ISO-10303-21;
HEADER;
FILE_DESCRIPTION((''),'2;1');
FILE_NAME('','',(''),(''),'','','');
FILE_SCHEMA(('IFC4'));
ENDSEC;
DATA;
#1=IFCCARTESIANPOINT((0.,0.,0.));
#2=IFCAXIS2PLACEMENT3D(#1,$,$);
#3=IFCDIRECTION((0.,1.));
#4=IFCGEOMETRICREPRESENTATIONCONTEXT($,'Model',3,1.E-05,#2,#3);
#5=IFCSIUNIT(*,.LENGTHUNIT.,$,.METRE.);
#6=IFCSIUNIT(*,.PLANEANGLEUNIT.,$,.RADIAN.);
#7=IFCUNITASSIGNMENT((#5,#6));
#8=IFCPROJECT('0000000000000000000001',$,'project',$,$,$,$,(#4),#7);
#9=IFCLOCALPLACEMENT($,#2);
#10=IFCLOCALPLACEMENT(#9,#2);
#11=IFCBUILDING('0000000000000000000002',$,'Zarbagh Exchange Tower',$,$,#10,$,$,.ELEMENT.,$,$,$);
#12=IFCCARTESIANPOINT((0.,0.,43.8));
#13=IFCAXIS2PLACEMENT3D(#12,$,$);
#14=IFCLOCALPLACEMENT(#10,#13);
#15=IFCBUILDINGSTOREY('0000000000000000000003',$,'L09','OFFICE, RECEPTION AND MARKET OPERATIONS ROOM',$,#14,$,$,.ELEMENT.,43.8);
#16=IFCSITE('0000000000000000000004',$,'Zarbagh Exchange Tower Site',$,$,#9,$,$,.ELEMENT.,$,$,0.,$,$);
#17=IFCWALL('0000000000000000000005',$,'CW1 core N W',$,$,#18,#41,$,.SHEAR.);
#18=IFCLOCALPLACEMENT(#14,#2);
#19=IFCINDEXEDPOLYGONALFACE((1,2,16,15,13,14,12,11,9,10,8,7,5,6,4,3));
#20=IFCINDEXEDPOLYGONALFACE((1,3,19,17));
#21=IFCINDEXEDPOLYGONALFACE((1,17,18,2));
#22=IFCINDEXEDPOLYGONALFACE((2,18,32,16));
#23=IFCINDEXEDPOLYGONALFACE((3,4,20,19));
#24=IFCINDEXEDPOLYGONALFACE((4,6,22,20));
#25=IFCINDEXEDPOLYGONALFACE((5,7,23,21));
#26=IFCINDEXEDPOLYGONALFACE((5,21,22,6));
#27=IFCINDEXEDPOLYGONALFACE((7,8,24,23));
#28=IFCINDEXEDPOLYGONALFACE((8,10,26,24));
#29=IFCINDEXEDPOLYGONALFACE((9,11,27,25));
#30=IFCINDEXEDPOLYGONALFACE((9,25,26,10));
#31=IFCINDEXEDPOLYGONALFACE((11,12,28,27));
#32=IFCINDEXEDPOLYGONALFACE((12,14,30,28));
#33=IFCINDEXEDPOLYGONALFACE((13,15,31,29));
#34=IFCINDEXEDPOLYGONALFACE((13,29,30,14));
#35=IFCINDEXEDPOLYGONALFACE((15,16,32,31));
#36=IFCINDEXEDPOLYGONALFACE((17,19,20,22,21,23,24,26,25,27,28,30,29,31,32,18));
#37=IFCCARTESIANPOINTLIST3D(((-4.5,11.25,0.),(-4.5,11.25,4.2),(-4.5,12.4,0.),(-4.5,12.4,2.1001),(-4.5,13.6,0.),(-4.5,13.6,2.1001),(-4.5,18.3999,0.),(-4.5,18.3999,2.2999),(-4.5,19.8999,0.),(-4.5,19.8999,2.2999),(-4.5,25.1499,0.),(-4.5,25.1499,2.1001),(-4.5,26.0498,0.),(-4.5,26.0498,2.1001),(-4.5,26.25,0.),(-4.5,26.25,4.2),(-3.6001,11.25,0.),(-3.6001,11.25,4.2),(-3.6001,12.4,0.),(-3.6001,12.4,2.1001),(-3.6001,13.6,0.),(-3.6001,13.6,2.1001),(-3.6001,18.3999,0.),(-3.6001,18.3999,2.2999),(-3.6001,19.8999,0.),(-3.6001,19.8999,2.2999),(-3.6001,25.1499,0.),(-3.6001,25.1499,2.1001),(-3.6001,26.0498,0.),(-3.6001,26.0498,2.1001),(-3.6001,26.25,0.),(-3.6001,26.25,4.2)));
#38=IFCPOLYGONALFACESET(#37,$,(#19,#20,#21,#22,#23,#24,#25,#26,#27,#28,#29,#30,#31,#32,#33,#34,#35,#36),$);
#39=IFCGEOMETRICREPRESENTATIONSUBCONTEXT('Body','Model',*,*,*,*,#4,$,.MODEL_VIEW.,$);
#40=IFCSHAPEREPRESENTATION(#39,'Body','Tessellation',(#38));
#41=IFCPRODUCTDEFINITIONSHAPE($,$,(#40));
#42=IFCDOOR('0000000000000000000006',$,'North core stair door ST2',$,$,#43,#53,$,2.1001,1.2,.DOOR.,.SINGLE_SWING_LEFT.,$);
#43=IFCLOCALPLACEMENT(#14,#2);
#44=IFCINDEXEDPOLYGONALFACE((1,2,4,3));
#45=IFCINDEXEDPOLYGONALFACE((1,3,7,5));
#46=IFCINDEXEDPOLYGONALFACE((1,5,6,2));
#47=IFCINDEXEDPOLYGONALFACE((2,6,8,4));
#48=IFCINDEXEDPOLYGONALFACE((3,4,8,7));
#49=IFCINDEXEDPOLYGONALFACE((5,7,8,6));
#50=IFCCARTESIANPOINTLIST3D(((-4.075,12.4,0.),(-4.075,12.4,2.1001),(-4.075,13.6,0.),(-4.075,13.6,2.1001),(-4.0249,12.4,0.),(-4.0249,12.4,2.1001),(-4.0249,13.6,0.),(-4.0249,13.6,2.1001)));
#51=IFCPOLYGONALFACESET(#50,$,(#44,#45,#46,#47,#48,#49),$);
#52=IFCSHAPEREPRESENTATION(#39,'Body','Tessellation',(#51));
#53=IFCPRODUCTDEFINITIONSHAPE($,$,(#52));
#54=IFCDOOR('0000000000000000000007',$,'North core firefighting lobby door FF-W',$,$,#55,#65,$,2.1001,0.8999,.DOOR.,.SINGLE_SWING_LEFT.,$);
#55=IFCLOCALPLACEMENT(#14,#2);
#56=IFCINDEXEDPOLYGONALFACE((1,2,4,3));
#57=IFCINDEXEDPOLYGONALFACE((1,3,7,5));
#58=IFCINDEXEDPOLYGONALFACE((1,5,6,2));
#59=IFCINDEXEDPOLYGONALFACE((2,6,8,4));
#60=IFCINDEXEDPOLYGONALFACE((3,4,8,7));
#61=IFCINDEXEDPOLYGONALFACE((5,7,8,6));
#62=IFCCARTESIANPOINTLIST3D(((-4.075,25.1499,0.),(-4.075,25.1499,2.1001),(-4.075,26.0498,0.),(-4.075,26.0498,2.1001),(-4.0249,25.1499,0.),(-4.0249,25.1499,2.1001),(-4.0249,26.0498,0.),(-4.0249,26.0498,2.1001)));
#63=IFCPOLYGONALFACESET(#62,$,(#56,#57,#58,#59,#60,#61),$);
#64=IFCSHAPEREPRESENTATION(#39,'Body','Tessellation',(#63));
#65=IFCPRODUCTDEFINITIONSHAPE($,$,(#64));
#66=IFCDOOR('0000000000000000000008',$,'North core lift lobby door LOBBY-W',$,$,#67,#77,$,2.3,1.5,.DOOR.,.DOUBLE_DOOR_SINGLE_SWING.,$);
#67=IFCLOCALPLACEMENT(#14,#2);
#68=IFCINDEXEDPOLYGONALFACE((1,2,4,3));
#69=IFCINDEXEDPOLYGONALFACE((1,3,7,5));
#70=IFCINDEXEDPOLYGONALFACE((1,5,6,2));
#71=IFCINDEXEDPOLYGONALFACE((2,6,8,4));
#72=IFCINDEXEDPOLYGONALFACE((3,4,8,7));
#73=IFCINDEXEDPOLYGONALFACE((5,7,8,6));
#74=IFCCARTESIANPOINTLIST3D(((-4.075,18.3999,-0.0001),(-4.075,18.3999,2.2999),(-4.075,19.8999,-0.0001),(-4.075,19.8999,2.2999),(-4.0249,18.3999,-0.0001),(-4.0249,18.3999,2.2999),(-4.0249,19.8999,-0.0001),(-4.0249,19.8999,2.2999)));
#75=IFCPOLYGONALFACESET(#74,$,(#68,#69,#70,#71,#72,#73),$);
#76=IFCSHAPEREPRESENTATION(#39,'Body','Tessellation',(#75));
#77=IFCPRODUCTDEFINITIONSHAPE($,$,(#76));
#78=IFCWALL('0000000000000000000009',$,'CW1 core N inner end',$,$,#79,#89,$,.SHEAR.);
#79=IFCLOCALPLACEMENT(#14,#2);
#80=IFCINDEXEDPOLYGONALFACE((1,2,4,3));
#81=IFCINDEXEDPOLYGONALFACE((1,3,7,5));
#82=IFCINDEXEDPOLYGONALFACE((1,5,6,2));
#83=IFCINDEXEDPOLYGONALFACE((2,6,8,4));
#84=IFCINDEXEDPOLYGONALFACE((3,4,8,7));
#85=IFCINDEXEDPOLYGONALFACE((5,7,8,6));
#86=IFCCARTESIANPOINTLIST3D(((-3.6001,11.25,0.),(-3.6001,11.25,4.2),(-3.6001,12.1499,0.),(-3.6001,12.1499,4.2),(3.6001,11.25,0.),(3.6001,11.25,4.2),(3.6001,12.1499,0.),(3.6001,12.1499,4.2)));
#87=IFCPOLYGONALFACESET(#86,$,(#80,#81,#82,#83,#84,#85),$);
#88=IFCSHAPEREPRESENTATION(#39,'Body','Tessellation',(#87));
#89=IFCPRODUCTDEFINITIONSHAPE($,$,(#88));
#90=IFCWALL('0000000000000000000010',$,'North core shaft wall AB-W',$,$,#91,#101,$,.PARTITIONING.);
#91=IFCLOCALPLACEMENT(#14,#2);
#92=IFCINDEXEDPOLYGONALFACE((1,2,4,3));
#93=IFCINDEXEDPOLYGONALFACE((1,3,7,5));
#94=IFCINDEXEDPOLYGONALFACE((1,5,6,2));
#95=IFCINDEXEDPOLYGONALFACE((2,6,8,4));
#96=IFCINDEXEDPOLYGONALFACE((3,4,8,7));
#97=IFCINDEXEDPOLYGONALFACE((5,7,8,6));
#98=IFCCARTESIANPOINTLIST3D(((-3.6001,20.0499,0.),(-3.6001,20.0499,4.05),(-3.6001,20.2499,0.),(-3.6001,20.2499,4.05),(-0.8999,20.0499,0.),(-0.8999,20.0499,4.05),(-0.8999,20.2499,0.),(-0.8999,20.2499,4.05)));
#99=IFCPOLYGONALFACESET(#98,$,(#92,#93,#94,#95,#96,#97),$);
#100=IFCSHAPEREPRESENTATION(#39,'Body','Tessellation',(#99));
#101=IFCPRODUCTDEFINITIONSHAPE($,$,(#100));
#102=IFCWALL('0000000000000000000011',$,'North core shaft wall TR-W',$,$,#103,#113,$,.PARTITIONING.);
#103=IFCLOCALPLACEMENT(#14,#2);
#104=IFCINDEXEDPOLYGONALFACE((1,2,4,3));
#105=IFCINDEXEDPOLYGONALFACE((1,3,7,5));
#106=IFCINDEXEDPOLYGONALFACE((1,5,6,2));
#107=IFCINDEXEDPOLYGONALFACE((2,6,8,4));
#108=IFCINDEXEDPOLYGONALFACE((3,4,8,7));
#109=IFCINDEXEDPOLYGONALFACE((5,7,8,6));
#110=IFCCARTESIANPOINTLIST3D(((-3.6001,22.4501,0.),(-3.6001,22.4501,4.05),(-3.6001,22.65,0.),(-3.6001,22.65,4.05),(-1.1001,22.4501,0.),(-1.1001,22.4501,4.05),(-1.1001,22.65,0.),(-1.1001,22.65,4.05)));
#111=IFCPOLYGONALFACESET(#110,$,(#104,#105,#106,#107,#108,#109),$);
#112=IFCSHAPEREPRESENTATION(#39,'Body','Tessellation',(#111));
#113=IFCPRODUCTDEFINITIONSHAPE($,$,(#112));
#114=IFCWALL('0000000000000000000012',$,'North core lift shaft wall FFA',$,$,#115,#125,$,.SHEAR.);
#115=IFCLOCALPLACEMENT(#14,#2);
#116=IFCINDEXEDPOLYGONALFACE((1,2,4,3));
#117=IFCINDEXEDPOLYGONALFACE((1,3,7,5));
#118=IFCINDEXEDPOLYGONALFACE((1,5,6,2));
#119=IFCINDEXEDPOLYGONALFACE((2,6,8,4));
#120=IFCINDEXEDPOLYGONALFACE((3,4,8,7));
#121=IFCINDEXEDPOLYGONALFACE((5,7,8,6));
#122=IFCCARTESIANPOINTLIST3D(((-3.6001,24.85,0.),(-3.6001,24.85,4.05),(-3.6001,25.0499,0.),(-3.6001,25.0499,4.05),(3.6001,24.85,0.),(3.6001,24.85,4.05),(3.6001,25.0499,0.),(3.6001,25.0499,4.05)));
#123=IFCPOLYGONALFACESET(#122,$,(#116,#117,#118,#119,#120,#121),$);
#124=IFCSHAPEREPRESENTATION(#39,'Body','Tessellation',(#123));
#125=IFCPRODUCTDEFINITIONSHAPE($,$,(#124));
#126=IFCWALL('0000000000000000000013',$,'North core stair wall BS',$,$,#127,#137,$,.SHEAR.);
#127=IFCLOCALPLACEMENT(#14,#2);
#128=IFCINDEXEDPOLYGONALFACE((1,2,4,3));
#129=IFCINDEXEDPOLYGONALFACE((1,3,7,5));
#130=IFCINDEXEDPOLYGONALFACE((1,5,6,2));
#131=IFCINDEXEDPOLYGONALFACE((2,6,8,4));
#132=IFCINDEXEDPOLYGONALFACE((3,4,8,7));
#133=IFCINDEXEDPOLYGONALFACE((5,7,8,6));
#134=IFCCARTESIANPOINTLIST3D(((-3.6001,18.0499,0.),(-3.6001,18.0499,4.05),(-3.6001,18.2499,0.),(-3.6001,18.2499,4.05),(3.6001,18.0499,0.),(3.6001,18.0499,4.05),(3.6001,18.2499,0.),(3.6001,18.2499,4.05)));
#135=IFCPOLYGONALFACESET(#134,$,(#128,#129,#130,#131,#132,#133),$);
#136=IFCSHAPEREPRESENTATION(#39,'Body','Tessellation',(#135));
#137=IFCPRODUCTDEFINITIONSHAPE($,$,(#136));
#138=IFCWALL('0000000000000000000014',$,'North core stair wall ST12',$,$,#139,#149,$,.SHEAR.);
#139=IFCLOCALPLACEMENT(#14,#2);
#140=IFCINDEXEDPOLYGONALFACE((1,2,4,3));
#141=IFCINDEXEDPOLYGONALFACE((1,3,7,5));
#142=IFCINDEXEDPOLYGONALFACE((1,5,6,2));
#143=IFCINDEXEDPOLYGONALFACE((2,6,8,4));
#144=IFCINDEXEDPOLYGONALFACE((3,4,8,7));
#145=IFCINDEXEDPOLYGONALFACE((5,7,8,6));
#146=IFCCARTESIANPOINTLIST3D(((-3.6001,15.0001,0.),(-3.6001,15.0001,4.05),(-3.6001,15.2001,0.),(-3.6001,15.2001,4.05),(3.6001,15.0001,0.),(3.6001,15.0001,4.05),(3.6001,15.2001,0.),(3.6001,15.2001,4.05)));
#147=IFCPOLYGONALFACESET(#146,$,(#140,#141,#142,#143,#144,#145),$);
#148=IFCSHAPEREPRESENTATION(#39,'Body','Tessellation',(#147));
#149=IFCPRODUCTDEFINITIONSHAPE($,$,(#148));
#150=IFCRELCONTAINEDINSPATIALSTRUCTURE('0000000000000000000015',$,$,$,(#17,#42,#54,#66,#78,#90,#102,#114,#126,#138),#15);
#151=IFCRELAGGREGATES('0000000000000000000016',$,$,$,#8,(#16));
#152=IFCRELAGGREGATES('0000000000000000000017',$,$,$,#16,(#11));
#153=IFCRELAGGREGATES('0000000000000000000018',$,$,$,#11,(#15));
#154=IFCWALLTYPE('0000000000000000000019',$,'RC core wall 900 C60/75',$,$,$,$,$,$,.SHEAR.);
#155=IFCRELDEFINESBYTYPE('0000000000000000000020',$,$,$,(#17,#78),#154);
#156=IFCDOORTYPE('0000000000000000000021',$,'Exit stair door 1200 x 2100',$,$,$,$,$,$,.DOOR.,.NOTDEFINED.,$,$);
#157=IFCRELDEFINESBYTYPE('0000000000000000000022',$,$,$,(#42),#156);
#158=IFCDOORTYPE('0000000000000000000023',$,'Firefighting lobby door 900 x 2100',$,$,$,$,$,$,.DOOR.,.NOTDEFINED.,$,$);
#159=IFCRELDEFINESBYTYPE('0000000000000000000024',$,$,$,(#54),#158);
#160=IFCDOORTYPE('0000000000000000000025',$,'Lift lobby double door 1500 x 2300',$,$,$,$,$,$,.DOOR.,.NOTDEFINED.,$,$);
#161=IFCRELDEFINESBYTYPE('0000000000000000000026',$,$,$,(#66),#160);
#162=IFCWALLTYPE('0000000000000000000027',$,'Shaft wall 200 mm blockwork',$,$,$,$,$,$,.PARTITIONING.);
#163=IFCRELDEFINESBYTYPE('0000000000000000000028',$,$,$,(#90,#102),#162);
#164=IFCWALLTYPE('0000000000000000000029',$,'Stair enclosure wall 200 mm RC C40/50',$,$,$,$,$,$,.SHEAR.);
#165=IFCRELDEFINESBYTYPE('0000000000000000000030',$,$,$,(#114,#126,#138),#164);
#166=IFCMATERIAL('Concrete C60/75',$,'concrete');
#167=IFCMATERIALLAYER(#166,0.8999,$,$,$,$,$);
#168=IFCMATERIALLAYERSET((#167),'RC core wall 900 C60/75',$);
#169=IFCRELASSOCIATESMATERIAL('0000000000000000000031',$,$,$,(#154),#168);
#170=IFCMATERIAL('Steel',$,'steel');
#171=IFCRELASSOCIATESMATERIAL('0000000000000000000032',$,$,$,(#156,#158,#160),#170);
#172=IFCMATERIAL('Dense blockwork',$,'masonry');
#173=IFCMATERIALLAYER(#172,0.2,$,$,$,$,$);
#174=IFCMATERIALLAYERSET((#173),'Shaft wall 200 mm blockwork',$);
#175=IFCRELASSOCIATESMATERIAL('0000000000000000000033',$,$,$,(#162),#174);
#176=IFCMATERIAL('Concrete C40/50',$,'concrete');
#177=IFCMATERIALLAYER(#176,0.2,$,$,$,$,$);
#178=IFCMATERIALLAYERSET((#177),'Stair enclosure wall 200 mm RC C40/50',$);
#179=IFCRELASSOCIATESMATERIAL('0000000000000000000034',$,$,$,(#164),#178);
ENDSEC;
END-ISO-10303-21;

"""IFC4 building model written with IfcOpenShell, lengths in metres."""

from ifc_helpers import new_model, si_unit, direction, frame, frame_2d, origin, place, context, subcontext, project, spatial, rectangle, extrude, material, layer, layer_set, type_object, element, fill, save


model = new_model("IFC4")

# Units and contexts
model_context = context("Model", 3, precision=1e-05, world=origin(), true_north=direction((0.0, 1.0)))
body_context = subcontext(model_context, "Body", "Model", "MODEL_VIEW")
ifc_project = project(units=[si_unit("LENGTHUNIT", "METRE"), si_unit("PLANEANGLEUNIT", "RADIAN")], contexts=[model_context])

# Site, building, storey
site_placement = place(None, origin())
site = spatial("IfcSite", under=ifc_project, at=site_placement, Name="Zarbagh Exchange Tower Site", CompositionType="ELEMENT", RefElevation=0.0)
building_placement = place(site_placement, origin())
building = spatial("IfcBuilding", under=site, at=building_placement, Name="Zarbagh Exchange Tower", CompositionType="ELEMENT")
storey_placement = place(building_placement, frame((0.0, 0.0, 43.8)))
storey = spatial("IfcBuildingStorey", under=building, at=storey_placement, Name="L09", Description="OFFICE, RECEPTION AND MARKET OPERATIONS ROOM", CompositionType="ELEMENT", Elevation=43.8)

# Shared definitions
ifc_material_1 = material(Name="Concrete C60/75", Category="concrete")

# Wall, openings, doors
ifc_layer_1 = layer(ifc_material_1, 0.8999)
ifc_layer_set_1 = layer_set([ifc_layer_1], Name="RC core wall 900 C60/75")
wall_type_1 = type_object("IfcWallType", Name="RC core wall 900 C60/75", PredefinedType="SHEAR", material=ifc_layer_set_1)
wall_1_placement = place(storey_placement, frame((-4.05, 11.25, 0.0), z_axis=(0.0, 0.0, 1.0), x_axis=(0.0, 1.0, 0.0)))
wall_1 = element("IfcWall", 1, at=wall_1_placement, inside=storey, type_object=wall_type_1, Name="CW1 core N W", PredefinedType="SHEAR", context=body_context, shape_type="SweptSolid", body=[
    extrude(rectangle(XDim=15.0, YDim=0.8999, at=frame_2d((7.5, 0.0))), origin(), (0.0, 0.0, 1.0), 4.2),
])
opening_1_placement = place(wall_1_placement, frame((7.1499, 0.0, 0.0)))
opening_1 = element("IfcOpeningElement", 2, at=opening_1_placement, cuts=wall_1, PredefinedType="OPENING", context=body_context, shape_type="SweptSolid", body=[
    extrude(rectangle(XDim=1.5, YDim=2.3, at=frame_2d((0.75, 1.1499))), frame((0.0, 0.46, 0.0), z_axis=(0.0, -1.0, 0.0), x_axis=(1.0, 0.0, 0.0)), (0.0, 0.0, 1.0), 0.9199),
])
opening_2_placement = place(wall_1_placement, frame((13.8999, 0.0, 0.0)))
opening_2 = element("IfcOpeningElement", 3, at=opening_2_placement, cuts=wall_1, PredefinedType="OPENING", context=body_context, shape_type="SweptSolid", body=[
    extrude(rectangle(XDim=0.8999, YDim=2.1001, at=frame_2d((0.45, 1.05))), frame((0.0, 0.46, 0.0), z_axis=(0.0, -1.0, 0.0), x_axis=(1.0, 0.0, 0.0)), (0.0, 0.0, 1.0), 0.9199),
])
opening_3_placement = place(wall_1_placement, frame((1.1499, 0.0, 0.0)))
opening_3 = element("IfcOpeningElement", 4, at=opening_3_placement, cuts=wall_1, PredefinedType="OPENING", context=body_context, shape_type="SweptSolid", body=[
    extrude(rectangle(XDim=1.2, YDim=2.1001, at=frame_2d((0.6001, 1.05))), frame((0.0, 0.46, 0.0), z_axis=(0.0, -1.0, 0.0), x_axis=(1.0, 0.0, 0.0)), (0.0, 0.0, 1.0), 0.9199),
])
ifc_material_2 = material(Name="Steel", Category="steel")
door_type_1 = type_object("IfcDoorType", Name="Exit stair door 1200 x 2100", OperationType="NOTDEFINED", PredefinedType="DOOR", material=ifc_material_2)
door_1_placement = place(opening_3_placement, origin())
door_1 = element("IfcDoor", 5, at=door_1_placement, inside=storey, type_object=door_type_1, Name="North core stair door ST2", OperationType="SINGLE_SWING_LEFT", OverallHeight=2.1001, OverallWidth=1.2, PredefinedType="DOOR", context=body_context, shape_type="SweptSolid", body=[
    extrude(rectangle(XDim=1.2, YDim=2.1001, at=frame_2d((0.6001, 1.05))), frame((0.0, 0.0249, 0.0), z_axis=(0.0, -1.0, 0.0), x_axis=(1.0, 0.0, 0.0)), (0.0, 0.0, 1.0), 0.05),
])
fill(opening_3, door_1)
door_type_2 = type_object("IfcDoorType", Name="Firefighting lobby door 900 x 2100", OperationType="NOTDEFINED", PredefinedType="DOOR", material=ifc_material_2)
door_2_placement = place(opening_2_placement, origin())
door_2 = element("IfcDoor", 6, at=door_2_placement, inside=storey, type_object=door_type_2, Name="North core firefighting lobby door FF-W", OperationType="SINGLE_SWING_LEFT", OverallHeight=2.1001, OverallWidth=0.8999, PredefinedType="DOOR", context=body_context, shape_type="SweptSolid", body=[
    extrude(rectangle(XDim=0.8999, YDim=2.1001, at=frame_2d((0.45, 1.05))), frame((0.0, 0.0249, 0.0), z_axis=(0.0, -1.0, 0.0), x_axis=(1.0, 0.0, 0.0)), (0.0, 0.0, 1.0), 0.05),
])
fill(opening_2, door_2)
door_type_3 = type_object("IfcDoorType", Name="Lift lobby double door 1500 x 2300", OperationType="NOTDEFINED", PredefinedType="DOOR", material=ifc_material_2)
door_3_placement = place(opening_1_placement, origin())
door_3 = element("IfcDoor", 7, at=door_3_placement, inside=storey, type_object=door_type_3, Name="North core lift lobby door LOBBY-W", OperationType="DOUBLE_DOOR_SINGLE_SWING", OverallHeight=2.3, OverallWidth=1.5, PredefinedType="DOOR", context=body_context, shape_type="SweptSolid", body=[
    extrude(rectangle(XDim=1.5, YDim=2.3, at=frame_2d((0.75, 1.1499))), frame((0.0, 0.0249, 0.0), z_axis=(0.0, -1.0, 0.0), x_axis=(1.0, 0.0, 0.0)), (0.0, 0.0, 1.0), 0.05),
])
fill(opening_1, door_3)

# Walls
wall_2_placement = place(storey_placement, frame((-3.6001, 11.7, 0.0), z_axis=(0.0, 0.0, 1.0), x_axis=(1.0, 0.0, 0.0)))
element("IfcWall", 8, at=wall_2_placement, inside=storey, type_object=wall_type_1, Name="CW1 core N inner end", PredefinedType="SHEAR", context=body_context, shape_type="SweptSolid", body=[
    extrude(rectangle(XDim=7.2002, YDim=0.8999, at=frame_2d((3.6001, 0.0))), origin(), (0.0, 0.0, 1.0), 4.2),
])
ifc_material_3 = material(Name="Dense blockwork", Category="masonry")
ifc_layer_2 = layer(ifc_material_3, 0.2)
ifc_layer_set_2 = layer_set([ifc_layer_2], Name="Shaft wall 200 mm blockwork")
wall_type_2 = type_object("IfcWallType", Name="Shaft wall 200 mm blockwork", PredefinedType="PARTITIONING", material=ifc_layer_set_2)
wall_3_placement = place(storey_placement, frame((-3.6001, 20.1499, 0.0), z_axis=(0.0, 0.0, 1.0), x_axis=(1.0, 0.0, 0.0)))
element("IfcWall", 9, at=wall_3_placement, inside=storey, type_object=wall_type_2, Name="North core shaft wall AB-W", PredefinedType="PARTITIONING", context=body_context, shape_type="SweptSolid", body=[
    extrude(rectangle(XDim=2.7002, YDim=0.2, at=frame_2d((1.3501, 0.0))), origin(), (0.0, 0.0, 1.0), 4.05),
])
wall_4_placement = place(storey_placement, frame((-3.6001, 22.55, 0.0), z_axis=(0.0, 0.0, 1.0), x_axis=(1.0, 0.0, 0.0)))
element("IfcWall", 10, at=wall_4_placement, inside=storey, type_object=wall_type_2, Name="North core shaft wall TR-W", PredefinedType="PARTITIONING", context=body_context, shape_type="SweptSolid", body=[
    extrude(rectangle(XDim=2.5, YDim=0.2, at=frame_2d((1.25, 0.0))), origin(), (0.0, 0.0, 1.0), 4.05),
])
ifc_material_4 = material(Name="Concrete C40/50", Category="concrete")
ifc_layer_3 = layer(ifc_material_4, 0.2)
ifc_layer_set_3 = layer_set([ifc_layer_3], Name="Stair enclosure wall 200 mm RC C40/50")
wall_type_3 = type_object("IfcWallType", Name="Stair enclosure wall 200 mm RC C40/50", PredefinedType="SHEAR", material=ifc_layer_set_3)
for number, where, z_axis, x_axis, name in (
    (11, (-3.6001, 24.95, 0.0), (0.0, 0.0, 1.0), (1.0, 0.0, 0.0), "North core lift shaft wall FFA"),
    (12, (-3.6001, 18.1499, 0.0), (0.0, 0.0, 1.0), (1.0, 0.0, 0.0), "North core stair wall BS"),
    (13, (-3.6001, 15.1001, 0.0), (0.0, 0.0, 1.0), (1.0, 0.0, 0.0), "North core stair wall ST12"),
):
    element("IfcWall", number, at=place(storey_placement, frame(where, z_axis=z_axis, x_axis=x_axis)), inside=storey, type_object=wall_type_3, Name=name, PredefinedType="SHEAR", context=body_context, shape_type="SweptSolid", body=[
        extrude(rectangle(XDim=7.2002, YDim=0.2, at=frame_2d((3.6001, 0.0))), origin(), (0.0, 0.0, 1.0), 4.05),
    ])

save(model, "model.ifc")
